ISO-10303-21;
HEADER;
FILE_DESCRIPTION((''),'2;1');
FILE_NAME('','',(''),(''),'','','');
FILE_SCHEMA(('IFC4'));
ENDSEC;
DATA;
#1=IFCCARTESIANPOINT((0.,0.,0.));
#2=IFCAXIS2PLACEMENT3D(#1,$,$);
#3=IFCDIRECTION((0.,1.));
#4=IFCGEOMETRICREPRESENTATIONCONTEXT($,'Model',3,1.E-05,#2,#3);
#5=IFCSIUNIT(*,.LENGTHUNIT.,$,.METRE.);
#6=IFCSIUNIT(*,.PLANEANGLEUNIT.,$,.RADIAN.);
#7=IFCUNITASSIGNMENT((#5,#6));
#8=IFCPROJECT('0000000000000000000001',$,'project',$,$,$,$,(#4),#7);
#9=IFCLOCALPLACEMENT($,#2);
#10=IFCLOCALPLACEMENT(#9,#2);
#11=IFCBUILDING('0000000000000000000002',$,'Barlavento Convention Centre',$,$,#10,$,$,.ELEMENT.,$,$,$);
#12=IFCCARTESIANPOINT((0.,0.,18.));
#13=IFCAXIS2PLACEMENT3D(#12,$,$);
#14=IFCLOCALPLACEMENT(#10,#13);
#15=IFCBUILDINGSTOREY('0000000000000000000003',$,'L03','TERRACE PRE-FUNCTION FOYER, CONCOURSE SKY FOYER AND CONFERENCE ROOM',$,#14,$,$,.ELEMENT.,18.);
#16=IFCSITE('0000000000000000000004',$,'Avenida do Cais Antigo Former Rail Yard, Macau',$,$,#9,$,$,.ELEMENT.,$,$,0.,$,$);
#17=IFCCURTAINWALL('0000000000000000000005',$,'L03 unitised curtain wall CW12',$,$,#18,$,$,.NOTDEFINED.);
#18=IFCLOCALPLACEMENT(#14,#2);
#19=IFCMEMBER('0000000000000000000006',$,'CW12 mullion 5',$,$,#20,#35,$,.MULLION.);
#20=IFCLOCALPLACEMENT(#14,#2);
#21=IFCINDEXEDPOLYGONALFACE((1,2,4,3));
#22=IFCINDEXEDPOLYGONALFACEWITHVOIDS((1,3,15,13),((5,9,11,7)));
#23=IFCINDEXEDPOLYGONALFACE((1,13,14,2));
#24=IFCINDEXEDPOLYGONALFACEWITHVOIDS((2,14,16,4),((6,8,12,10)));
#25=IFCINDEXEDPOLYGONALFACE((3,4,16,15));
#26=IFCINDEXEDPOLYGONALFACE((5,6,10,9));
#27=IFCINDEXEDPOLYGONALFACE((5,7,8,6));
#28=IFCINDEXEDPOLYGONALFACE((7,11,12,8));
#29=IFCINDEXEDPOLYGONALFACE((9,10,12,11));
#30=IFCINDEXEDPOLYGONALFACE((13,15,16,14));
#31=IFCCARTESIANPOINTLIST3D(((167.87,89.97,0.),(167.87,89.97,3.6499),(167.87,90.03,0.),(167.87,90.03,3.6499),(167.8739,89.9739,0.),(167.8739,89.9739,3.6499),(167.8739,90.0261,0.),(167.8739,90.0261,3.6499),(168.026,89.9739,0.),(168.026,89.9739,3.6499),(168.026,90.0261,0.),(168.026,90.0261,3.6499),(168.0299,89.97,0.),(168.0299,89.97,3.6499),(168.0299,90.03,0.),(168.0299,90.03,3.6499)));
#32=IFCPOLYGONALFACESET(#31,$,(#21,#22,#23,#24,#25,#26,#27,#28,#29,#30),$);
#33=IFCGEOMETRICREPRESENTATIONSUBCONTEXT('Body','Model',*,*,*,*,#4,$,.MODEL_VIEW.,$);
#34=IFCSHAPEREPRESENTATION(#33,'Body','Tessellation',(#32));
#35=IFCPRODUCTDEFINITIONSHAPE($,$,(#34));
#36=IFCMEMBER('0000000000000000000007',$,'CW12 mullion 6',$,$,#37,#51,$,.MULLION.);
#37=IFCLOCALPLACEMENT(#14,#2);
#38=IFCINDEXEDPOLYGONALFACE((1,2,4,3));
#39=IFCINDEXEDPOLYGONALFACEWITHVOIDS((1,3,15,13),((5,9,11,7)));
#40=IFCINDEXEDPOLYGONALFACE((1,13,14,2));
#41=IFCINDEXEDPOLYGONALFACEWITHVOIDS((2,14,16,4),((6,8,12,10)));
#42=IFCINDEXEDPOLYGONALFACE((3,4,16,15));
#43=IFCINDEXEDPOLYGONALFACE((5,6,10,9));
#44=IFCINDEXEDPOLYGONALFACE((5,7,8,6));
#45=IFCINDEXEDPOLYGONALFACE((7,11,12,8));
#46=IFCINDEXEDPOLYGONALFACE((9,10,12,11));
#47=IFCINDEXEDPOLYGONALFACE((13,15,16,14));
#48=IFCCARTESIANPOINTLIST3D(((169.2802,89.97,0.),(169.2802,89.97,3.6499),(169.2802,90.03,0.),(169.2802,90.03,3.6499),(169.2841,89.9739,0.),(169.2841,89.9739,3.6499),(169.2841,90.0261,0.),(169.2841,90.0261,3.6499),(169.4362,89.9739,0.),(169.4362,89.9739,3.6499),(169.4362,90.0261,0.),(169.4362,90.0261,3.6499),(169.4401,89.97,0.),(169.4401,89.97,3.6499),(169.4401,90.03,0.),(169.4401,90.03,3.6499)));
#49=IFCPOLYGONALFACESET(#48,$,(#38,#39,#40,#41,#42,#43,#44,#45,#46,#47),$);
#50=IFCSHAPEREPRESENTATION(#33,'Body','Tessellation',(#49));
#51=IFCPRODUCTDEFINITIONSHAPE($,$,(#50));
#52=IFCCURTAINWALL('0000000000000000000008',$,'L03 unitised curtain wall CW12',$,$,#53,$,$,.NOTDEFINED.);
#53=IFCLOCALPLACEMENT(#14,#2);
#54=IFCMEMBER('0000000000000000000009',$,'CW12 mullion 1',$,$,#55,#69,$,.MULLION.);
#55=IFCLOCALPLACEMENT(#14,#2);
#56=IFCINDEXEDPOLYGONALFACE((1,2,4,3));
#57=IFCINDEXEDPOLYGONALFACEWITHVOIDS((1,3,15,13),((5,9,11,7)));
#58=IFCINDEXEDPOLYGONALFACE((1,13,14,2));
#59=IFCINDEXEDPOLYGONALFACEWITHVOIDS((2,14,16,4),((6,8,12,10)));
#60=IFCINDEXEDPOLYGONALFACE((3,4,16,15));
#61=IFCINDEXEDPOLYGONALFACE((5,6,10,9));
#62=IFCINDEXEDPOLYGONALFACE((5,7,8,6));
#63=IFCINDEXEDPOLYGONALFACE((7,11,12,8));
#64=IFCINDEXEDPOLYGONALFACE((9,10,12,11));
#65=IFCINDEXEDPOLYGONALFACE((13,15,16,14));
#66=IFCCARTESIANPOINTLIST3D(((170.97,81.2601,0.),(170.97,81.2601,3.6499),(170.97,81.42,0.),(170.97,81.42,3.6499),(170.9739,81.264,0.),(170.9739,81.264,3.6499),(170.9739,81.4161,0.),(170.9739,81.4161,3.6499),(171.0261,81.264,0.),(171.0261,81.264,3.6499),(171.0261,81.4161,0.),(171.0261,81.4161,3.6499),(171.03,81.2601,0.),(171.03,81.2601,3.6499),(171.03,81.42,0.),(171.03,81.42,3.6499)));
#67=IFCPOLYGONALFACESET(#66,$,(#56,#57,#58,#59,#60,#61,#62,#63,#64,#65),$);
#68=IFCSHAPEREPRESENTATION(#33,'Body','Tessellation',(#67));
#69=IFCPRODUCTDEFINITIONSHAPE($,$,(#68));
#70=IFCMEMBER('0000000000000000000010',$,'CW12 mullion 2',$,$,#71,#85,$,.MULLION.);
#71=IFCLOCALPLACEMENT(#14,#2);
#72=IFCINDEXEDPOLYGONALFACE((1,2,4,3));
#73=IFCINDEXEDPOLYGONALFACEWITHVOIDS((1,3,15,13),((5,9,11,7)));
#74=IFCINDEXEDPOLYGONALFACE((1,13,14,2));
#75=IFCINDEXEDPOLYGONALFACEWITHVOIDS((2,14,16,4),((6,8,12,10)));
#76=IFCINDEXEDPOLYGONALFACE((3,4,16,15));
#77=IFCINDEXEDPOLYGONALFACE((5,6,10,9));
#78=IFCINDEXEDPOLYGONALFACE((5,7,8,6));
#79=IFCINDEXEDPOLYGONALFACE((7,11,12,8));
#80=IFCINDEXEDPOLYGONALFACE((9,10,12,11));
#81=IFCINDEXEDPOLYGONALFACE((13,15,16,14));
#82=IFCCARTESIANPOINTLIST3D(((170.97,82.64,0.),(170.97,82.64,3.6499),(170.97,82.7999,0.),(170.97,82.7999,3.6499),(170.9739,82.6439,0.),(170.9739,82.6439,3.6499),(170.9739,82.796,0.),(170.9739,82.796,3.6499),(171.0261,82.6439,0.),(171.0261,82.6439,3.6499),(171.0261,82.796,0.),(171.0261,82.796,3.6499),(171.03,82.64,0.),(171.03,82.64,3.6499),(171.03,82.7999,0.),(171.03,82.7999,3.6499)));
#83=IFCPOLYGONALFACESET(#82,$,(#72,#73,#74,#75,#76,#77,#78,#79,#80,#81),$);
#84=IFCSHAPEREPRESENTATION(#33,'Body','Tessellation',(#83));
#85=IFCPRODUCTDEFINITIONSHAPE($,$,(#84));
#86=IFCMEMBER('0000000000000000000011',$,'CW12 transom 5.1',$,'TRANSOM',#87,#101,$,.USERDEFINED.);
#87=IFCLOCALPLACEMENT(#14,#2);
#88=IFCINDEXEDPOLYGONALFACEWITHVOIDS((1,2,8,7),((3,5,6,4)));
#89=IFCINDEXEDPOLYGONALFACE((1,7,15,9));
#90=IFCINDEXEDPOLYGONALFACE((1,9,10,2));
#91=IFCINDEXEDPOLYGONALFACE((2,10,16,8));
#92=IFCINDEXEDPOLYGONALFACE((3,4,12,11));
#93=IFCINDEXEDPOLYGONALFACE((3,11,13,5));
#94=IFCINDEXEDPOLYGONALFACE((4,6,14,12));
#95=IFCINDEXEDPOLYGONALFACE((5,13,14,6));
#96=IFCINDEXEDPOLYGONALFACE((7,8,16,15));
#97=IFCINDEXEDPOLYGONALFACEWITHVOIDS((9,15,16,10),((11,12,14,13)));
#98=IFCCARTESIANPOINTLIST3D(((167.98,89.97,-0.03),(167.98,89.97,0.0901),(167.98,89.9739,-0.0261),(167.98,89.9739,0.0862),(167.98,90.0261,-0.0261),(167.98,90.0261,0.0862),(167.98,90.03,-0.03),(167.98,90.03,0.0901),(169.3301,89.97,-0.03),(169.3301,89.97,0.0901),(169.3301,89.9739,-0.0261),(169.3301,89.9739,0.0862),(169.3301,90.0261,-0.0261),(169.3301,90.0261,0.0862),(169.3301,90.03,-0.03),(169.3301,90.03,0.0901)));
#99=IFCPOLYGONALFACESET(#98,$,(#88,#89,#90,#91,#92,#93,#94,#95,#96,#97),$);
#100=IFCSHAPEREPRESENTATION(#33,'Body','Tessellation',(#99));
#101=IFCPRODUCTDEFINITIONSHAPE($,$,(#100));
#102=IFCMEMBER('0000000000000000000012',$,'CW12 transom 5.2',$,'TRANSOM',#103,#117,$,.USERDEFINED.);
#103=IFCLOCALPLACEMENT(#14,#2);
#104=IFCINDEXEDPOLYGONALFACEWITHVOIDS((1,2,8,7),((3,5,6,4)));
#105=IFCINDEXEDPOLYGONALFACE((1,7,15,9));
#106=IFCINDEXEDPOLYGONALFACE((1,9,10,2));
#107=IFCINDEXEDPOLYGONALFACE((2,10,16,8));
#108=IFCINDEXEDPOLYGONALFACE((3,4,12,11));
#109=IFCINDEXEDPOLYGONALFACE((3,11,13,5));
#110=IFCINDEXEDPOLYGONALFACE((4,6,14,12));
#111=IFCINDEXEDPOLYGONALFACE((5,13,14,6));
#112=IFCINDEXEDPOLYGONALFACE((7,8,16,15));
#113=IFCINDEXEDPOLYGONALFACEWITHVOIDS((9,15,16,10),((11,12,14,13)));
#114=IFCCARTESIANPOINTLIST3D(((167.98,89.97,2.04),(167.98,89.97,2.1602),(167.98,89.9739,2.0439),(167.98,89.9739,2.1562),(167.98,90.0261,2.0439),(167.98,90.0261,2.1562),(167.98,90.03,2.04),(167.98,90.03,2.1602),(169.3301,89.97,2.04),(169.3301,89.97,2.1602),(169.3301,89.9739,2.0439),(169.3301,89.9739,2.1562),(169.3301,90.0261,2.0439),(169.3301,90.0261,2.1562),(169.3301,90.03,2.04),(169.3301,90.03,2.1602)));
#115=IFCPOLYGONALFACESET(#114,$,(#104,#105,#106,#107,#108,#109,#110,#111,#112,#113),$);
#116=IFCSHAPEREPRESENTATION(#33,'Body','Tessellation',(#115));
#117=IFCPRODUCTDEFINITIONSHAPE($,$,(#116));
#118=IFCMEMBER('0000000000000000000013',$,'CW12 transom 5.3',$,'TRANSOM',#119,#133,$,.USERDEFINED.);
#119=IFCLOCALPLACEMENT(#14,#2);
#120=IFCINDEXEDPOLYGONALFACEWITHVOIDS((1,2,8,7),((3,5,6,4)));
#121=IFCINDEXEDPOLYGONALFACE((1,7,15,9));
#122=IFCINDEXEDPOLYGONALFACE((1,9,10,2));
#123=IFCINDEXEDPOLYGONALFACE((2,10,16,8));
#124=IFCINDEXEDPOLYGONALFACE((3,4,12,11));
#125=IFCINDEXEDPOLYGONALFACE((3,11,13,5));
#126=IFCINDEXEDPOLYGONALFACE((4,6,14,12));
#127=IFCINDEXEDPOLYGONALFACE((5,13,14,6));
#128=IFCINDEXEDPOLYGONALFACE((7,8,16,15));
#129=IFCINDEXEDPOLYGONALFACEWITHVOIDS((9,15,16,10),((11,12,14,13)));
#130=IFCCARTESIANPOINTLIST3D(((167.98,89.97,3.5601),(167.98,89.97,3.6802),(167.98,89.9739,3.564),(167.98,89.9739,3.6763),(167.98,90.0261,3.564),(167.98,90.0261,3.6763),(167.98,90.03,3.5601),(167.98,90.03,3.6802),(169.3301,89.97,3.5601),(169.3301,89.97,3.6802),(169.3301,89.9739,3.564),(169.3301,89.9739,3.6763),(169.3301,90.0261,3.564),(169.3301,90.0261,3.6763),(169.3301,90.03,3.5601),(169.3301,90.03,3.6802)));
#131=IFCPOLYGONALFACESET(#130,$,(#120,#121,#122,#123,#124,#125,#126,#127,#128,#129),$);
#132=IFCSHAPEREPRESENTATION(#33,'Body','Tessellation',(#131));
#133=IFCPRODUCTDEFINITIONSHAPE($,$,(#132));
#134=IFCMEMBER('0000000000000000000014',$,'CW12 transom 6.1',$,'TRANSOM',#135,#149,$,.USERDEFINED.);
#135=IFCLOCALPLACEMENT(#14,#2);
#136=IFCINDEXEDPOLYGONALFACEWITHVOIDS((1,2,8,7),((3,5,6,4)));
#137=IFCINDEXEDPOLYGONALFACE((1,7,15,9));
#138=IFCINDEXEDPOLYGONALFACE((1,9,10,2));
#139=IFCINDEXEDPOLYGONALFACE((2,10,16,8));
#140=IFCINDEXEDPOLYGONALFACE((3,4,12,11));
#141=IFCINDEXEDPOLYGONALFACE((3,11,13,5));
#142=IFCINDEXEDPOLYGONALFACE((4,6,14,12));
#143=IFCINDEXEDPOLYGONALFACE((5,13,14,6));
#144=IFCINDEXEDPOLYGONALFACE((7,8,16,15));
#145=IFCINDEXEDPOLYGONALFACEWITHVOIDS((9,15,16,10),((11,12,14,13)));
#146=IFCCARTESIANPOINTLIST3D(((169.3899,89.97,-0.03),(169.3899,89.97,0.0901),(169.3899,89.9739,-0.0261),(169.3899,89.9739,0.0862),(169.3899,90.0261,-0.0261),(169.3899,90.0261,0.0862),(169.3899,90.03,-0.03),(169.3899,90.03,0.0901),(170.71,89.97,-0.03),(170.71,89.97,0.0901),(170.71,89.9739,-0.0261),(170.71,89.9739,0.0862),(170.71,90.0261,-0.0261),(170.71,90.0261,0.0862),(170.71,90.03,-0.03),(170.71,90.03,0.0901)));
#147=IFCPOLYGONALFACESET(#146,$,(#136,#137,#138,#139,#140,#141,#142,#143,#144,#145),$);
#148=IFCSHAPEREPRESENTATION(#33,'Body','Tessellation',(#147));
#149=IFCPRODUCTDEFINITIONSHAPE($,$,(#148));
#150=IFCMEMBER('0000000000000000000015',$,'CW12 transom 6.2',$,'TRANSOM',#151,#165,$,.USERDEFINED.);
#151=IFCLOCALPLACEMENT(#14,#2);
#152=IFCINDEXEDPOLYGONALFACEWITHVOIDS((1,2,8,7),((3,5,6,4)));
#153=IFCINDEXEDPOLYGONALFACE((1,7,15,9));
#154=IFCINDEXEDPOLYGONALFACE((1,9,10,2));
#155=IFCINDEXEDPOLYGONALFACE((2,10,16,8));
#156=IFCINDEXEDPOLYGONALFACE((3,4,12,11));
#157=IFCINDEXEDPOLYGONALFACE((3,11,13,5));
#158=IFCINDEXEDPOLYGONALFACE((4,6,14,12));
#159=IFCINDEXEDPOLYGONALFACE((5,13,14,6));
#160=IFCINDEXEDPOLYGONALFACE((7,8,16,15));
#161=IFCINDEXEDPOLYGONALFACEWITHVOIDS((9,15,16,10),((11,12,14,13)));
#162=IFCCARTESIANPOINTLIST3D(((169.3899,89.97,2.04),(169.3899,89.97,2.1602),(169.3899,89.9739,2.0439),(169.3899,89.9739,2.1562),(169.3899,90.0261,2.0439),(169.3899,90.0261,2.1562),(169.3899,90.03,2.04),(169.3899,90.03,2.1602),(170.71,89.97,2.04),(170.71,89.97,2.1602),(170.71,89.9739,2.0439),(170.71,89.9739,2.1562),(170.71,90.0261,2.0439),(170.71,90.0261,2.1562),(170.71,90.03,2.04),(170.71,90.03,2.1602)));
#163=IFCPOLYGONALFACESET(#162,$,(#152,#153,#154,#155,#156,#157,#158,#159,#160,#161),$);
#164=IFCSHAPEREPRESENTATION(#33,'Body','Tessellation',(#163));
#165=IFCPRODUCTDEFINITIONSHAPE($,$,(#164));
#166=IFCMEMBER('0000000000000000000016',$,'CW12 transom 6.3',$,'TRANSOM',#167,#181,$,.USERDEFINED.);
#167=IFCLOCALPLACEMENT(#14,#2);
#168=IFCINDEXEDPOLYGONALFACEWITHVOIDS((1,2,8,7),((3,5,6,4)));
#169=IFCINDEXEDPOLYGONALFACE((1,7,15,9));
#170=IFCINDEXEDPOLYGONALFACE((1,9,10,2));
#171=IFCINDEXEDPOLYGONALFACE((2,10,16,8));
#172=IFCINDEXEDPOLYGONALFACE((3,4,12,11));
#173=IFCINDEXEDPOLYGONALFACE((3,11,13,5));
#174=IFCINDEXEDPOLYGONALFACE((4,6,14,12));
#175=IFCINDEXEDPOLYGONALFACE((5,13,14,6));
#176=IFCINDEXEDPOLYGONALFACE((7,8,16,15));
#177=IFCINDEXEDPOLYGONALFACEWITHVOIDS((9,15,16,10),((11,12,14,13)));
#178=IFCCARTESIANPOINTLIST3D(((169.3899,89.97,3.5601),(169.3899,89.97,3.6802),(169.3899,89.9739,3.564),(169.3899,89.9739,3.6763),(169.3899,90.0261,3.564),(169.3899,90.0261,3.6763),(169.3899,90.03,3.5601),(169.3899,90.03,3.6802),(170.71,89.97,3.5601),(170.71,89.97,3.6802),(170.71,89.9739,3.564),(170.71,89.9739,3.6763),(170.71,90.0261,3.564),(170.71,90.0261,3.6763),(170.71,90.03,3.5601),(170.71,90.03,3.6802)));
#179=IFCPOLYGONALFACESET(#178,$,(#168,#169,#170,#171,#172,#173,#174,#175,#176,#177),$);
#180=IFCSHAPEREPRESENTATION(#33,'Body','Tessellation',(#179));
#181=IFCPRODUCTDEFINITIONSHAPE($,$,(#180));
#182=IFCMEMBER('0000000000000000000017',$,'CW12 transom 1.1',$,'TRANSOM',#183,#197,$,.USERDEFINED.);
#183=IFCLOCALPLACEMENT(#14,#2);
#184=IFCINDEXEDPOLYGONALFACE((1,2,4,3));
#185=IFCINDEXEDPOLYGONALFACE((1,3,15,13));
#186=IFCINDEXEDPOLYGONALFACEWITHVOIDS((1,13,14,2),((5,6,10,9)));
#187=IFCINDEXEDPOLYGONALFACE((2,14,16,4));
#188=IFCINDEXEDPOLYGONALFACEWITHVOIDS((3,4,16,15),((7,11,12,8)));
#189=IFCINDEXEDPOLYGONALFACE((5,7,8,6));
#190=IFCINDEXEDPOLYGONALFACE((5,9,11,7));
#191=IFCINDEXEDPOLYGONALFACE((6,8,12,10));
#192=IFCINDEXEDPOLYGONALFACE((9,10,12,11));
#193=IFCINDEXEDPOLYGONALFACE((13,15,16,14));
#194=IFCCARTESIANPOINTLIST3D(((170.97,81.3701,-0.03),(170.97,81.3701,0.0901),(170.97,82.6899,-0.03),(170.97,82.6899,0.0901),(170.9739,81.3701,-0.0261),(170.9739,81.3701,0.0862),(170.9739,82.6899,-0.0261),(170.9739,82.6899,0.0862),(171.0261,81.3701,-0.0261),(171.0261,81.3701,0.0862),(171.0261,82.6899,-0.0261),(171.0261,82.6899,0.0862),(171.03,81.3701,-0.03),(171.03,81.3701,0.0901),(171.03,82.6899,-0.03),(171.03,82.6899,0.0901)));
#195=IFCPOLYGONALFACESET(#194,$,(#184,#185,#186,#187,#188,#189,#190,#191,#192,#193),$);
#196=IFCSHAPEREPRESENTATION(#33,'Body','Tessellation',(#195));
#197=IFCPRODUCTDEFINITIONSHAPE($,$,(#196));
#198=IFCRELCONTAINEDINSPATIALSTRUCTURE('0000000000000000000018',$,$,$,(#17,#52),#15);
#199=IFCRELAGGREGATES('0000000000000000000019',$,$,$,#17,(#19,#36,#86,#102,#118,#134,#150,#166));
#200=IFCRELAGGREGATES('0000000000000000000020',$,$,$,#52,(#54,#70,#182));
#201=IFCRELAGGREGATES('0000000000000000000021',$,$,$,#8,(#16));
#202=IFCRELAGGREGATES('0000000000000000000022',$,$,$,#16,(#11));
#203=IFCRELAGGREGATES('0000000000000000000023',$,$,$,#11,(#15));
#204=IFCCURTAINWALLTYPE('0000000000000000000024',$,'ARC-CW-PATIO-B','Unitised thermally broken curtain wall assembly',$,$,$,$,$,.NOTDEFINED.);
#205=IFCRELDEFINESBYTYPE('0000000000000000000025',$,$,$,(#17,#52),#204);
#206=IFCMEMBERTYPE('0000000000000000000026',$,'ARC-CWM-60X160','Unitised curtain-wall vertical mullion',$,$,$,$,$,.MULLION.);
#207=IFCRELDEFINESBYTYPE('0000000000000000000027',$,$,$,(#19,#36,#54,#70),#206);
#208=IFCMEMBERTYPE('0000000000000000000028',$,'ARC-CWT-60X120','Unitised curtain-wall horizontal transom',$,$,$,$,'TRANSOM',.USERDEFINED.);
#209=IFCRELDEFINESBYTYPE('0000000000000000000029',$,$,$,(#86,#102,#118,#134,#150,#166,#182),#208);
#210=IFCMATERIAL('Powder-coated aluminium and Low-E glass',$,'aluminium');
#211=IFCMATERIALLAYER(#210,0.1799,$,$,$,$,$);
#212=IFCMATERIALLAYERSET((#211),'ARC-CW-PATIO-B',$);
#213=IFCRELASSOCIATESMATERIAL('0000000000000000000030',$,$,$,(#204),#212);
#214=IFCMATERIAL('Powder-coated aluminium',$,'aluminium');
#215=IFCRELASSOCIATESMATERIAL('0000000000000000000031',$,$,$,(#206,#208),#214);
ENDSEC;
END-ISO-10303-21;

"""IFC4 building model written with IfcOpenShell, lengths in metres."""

from ifc_helpers import new_model, si_unit, direction, frame, origin, origin_2d, place, context, subcontext, project, spatial, hollow_rectangle, extrude, material, layer, layer_set, material_profile, profile_set, type_object, element, aggregate, save


model = new_model("IFC4")

# Units and contexts
model_context = context("Model", 3, precision=1e-05, world=origin(), true_north=direction((0.0, 1.0)))
body_context = subcontext(model_context, "Body", "Model", "MODEL_VIEW")
ifc_project = project(units=[si_unit("LENGTHUNIT", "METRE"), si_unit("PLANEANGLEUNIT", "RADIAN")], contexts=[model_context])

# Site, building, storey
site_placement = place(None, origin())
site = spatial("IfcSite", under=ifc_project, at=site_placement, Name="Avenida do Cais Antigo Former Rail Yard, Macau", CompositionType="ELEMENT", RefElevation=0.0)
building_placement = place(site_placement, origin())
building = spatial("IfcBuilding", under=site, at=building_placement, Name="Barlavento Convention Centre", CompositionType="ELEMENT")
storey_placement = place(building_placement, frame((0.0, 0.0, 18.0)))
storey = spatial("IfcBuildingStorey", under=building, at=storey_placement, Name="L03", Description="TERRACE PRE-FUNCTION FOYER, CONCOURSE SKY FOYER AND CONFERENCE ROOM", CompositionType="ELEMENT", Elevation=18.0)

# Curtain walls, members
ifc_material_1 = material(Name="Powder-coated aluminium and Low-E glass", Category="aluminium")
ifc_layer_1 = layer(ifc_material_1, 0.1799)
ifc_layer_set_1 = layer_set([ifc_layer_1], Name="ARC-CW-PATIO-B")
curtain_wall_type = type_object("IfcCurtainWallType", Name="ARC-CW-PATIO-B", Description="Unitised thermally broken curtain wall assembly", PredefinedType="NOTDEFINED", material=ifc_layer_set_1)
curtain_wall_1_placement = place(storey_placement, origin())
curtain_wall_1 = element("IfcCurtainWall", 1, at=curtain_wall_1_placement, inside=storey, type_object=curtain_wall_type, Name="L03 unitised curtain wall CW12", PredefinedType="NOTDEFINED")
ifc_material_2 = material(Name="Powder-coated aluminium", Category="aluminium")
ifc_material_profile_1 = material_profile(ifc_material_2, hollow_rectangle(XDim=0.0601, YDim=0.1599, WallThickness=0.0039, at=origin_2d()), Name="AL-MULL 60x160x4")
ifc_profile_set_1 = profile_set([ifc_material_profile_1], Name="Powder-coated aluminium")
member_type_1 = type_object("IfcMemberType", Name="ARC-CWM-60X160", Description="Unitised curtain-wall vertical mullion", PredefinedType="MULLION", material=ifc_profile_set_1)
member_1_placement = place(storey_placement, frame((167.95, 90.0, 0.0), z_axis=(0.0, 0.0, 1.0), x_axis=(0.0, 1.0, 0.0)))
member_1 = element("IfcMember", 2, at=member_1_placement, type_object=member_type_1, Name="CW12 mullion 5", PredefinedType="MULLION", context=body_context, shape_type="SweptSolid", body=[
    extrude(hollow_rectangle(XDim=0.0601, YDim=0.1599, WallThickness=0.0039, at=origin_2d()), origin(), (0.0, 0.0, 1.0), 3.6499),
])
member_2_placement = place(storey_placement, frame((169.3601, 90.0, 0.0), z_axis=(0.0, 0.0, 1.0), x_axis=(0.0, 1.0, 0.0)))
member_2 = element("IfcMember", 3, at=member_2_placement, type_object=member_type_1, Name="CW12 mullion 6", PredefinedType="MULLION", context=body_context, shape_type="SweptSolid", body=[
    extrude(hollow_rectangle(XDim=0.0601, YDim=0.1599, WallThickness=0.0039, at=origin_2d()), origin(), (0.0, 0.0, 1.0), 3.6499),
])
curtain_wall_2_placement = place(storey_placement, origin())
curtain_wall_2 = element("IfcCurtainWall", 4, at=curtain_wall_2_placement, inside=storey, type_object=curtain_wall_type, Name="L03 unitised curtain wall CW12", PredefinedType="NOTDEFINED")
member_3_placement = place(storey_placement, frame((171.0, 81.3401, 0.0), z_axis=(0.0, 0.0, 1.0), x_axis=(-1.0, 0.0, 0.0)))
member_3 = element("IfcMember", 5, at=member_3_placement, type_object=member_type_1, Name="CW12 mullion 1", PredefinedType="MULLION", context=body_context, shape_type="SweptSolid", body=[
    extrude(hollow_rectangle(XDim=0.0601, YDim=0.1599, WallThickness=0.0039, at=origin_2d()), origin(), (0.0, 0.0, 1.0), 3.6499),
])
member_4_placement = place(storey_placement, frame((171.0, 82.72, 0.0), z_axis=(0.0, 0.0, 1.0), x_axis=(-1.0, 0.0, 0.0)))
member_4 = element("IfcMember", 6, at=member_4_placement, type_object=member_type_1, Name="CW12 mullion 2", PredefinedType="MULLION", context=body_context, shape_type="SweptSolid", body=[
    extrude(hollow_rectangle(XDim=0.0601, YDim=0.1599, WallThickness=0.0039, at=origin_2d()), origin(), (0.0, 0.0, 1.0), 3.6499),
])

# Members
ifc_material_profile_2 = material_profile(ifc_material_2, hollow_rectangle(XDim=0.0601, YDim=0.1201, WallThickness=0.0039, at=origin_2d()), Name="AL-TRAN 60x120x4")
ifc_profile_set_2 = profile_set([ifc_material_profile_2], Name="Powder-coated aluminium")
member_type_2 = type_object("IfcMemberType", Name="ARC-CWT-60X120", Description="Unitised curtain-wall horizontal transom", ElementType="TRANSOM", PredefinedType="USERDEFINED", material=ifc_profile_set_2)
member_5_placement = place(storey_placement, frame((167.98, 90.0, 0.03), z_axis=(1.0, 0.0, 0.0), x_axis=(0.0, 1.0, 0.0)))
member_5 = element("IfcMember", 7, at=member_5_placement, type_object=member_type_2, Name="CW12 transom 5.1", ObjectType="TRANSOM", PredefinedType="USERDEFINED", context=body_context, shape_type="SweptSolid", body=[
    extrude(hollow_rectangle(XDim=0.0601, YDim=0.1201, WallThickness=0.0039, at=origin_2d()), origin(), (0.0, 0.0, 1.0), 1.3501),
])
member_6_placement = place(storey_placement, frame((167.98, 90.0, 2.1001), z_axis=(1.0, 0.0, 0.0), x_axis=(0.0, 1.0, 0.0)))
member_6 = element("IfcMember", 8, at=member_6_placement, type_object=member_type_2, Name="CW12 transom 5.2", ObjectType="TRANSOM", PredefinedType="USERDEFINED", context=body_context, shape_type="SweptSolid", body=[
    extrude(hollow_rectangle(XDim=0.0601, YDim=0.1201, WallThickness=0.0039, at=origin_2d()), origin(), (0.0, 0.0, 1.0), 1.3501),
])
member_7_placement = place(storey_placement, frame((167.98, 90.0, 3.6201), z_axis=(1.0, 0.0, 0.0), x_axis=(0.0, 1.0, 0.0)))
member_7 = element("IfcMember", 9, at=member_7_placement, type_object=member_type_2, Name="CW12 transom 5.3", ObjectType="TRANSOM", PredefinedType="USERDEFINED", context=body_context, shape_type="SweptSolid", body=[
    extrude(hollow_rectangle(XDim=0.0601, YDim=0.1201, WallThickness=0.0039, at=origin_2d()), origin(), (0.0, 0.0, 1.0), 1.3501),
])
member_8_placement = place(storey_placement, frame((169.3899, 90.0, 0.03), z_axis=(1.0, 0.0, 0.0), x_axis=(0.0, 1.0, 0.0)))
member_8 = element("IfcMember", 10, at=member_8_placement, type_object=member_type_2, Name="CW12 transom 6.1", ObjectType="TRANSOM", PredefinedType="USERDEFINED", context=body_context, shape_type="SweptSolid", body=[
    extrude(hollow_rectangle(XDim=0.0601, YDim=0.1201, WallThickness=0.0039, at=origin_2d()), origin(), (0.0, 0.0, 1.0), 1.3201),
])
member_9_placement = place(storey_placement, frame((169.3899, 90.0, 2.1001), z_axis=(1.0, 0.0, 0.0), x_axis=(0.0, 1.0, 0.0)))
member_9 = element("IfcMember", 11, at=member_9_placement, type_object=member_type_2, Name="CW12 transom 6.2", ObjectType="TRANSOM", PredefinedType="USERDEFINED", context=body_context, shape_type="SweptSolid", body=[
    extrude(hollow_rectangle(XDim=0.0601, YDim=0.1201, WallThickness=0.0039, at=origin_2d()), origin(), (0.0, 0.0, 1.0), 1.3201),
])
member_10_placement = place(storey_placement, frame((169.3899, 90.0, 3.6201), z_axis=(1.0, 0.0, 0.0), x_axis=(0.0, 1.0, 0.0)))
member_10 = element("IfcMember", 12, at=member_10_placement, type_object=member_type_2, Name="CW12 transom 6.3", ObjectType="TRANSOM", PredefinedType="USERDEFINED", context=body_context, shape_type="SweptSolid", body=[
    extrude(hollow_rectangle(XDim=0.0601, YDim=0.1201, WallThickness=0.0039, at=origin_2d()), origin(), (0.0, 0.0, 1.0), 1.3201),
])
member_11_placement = place(storey_placement, frame((171.0, 81.3701, 0.03), z_axis=(0.0, 1.0, 0.0), x_axis=(-1.0, 0.0, 0.0)))
member_11 = element("IfcMember", 13, at=member_11_placement, type_object=member_type_2, Name="CW12 transom 1.1", ObjectType="TRANSOM", PredefinedType="USERDEFINED", context=body_context, shape_type="SweptSolid", body=[
    extrude(hollow_rectangle(XDim=0.0601, YDim=0.1201, WallThickness=0.0039, at=origin_2d()), origin(), (0.0, 0.0, 1.0), 1.3198),
])

aggregate(curtain_wall_1, [member_1, member_2, member_5, member_6, member_7, member_8, member_9, member_10])
aggregate(curtain_wall_2, [member_3, member_4, member_11])

save(model, "model.ifc")
